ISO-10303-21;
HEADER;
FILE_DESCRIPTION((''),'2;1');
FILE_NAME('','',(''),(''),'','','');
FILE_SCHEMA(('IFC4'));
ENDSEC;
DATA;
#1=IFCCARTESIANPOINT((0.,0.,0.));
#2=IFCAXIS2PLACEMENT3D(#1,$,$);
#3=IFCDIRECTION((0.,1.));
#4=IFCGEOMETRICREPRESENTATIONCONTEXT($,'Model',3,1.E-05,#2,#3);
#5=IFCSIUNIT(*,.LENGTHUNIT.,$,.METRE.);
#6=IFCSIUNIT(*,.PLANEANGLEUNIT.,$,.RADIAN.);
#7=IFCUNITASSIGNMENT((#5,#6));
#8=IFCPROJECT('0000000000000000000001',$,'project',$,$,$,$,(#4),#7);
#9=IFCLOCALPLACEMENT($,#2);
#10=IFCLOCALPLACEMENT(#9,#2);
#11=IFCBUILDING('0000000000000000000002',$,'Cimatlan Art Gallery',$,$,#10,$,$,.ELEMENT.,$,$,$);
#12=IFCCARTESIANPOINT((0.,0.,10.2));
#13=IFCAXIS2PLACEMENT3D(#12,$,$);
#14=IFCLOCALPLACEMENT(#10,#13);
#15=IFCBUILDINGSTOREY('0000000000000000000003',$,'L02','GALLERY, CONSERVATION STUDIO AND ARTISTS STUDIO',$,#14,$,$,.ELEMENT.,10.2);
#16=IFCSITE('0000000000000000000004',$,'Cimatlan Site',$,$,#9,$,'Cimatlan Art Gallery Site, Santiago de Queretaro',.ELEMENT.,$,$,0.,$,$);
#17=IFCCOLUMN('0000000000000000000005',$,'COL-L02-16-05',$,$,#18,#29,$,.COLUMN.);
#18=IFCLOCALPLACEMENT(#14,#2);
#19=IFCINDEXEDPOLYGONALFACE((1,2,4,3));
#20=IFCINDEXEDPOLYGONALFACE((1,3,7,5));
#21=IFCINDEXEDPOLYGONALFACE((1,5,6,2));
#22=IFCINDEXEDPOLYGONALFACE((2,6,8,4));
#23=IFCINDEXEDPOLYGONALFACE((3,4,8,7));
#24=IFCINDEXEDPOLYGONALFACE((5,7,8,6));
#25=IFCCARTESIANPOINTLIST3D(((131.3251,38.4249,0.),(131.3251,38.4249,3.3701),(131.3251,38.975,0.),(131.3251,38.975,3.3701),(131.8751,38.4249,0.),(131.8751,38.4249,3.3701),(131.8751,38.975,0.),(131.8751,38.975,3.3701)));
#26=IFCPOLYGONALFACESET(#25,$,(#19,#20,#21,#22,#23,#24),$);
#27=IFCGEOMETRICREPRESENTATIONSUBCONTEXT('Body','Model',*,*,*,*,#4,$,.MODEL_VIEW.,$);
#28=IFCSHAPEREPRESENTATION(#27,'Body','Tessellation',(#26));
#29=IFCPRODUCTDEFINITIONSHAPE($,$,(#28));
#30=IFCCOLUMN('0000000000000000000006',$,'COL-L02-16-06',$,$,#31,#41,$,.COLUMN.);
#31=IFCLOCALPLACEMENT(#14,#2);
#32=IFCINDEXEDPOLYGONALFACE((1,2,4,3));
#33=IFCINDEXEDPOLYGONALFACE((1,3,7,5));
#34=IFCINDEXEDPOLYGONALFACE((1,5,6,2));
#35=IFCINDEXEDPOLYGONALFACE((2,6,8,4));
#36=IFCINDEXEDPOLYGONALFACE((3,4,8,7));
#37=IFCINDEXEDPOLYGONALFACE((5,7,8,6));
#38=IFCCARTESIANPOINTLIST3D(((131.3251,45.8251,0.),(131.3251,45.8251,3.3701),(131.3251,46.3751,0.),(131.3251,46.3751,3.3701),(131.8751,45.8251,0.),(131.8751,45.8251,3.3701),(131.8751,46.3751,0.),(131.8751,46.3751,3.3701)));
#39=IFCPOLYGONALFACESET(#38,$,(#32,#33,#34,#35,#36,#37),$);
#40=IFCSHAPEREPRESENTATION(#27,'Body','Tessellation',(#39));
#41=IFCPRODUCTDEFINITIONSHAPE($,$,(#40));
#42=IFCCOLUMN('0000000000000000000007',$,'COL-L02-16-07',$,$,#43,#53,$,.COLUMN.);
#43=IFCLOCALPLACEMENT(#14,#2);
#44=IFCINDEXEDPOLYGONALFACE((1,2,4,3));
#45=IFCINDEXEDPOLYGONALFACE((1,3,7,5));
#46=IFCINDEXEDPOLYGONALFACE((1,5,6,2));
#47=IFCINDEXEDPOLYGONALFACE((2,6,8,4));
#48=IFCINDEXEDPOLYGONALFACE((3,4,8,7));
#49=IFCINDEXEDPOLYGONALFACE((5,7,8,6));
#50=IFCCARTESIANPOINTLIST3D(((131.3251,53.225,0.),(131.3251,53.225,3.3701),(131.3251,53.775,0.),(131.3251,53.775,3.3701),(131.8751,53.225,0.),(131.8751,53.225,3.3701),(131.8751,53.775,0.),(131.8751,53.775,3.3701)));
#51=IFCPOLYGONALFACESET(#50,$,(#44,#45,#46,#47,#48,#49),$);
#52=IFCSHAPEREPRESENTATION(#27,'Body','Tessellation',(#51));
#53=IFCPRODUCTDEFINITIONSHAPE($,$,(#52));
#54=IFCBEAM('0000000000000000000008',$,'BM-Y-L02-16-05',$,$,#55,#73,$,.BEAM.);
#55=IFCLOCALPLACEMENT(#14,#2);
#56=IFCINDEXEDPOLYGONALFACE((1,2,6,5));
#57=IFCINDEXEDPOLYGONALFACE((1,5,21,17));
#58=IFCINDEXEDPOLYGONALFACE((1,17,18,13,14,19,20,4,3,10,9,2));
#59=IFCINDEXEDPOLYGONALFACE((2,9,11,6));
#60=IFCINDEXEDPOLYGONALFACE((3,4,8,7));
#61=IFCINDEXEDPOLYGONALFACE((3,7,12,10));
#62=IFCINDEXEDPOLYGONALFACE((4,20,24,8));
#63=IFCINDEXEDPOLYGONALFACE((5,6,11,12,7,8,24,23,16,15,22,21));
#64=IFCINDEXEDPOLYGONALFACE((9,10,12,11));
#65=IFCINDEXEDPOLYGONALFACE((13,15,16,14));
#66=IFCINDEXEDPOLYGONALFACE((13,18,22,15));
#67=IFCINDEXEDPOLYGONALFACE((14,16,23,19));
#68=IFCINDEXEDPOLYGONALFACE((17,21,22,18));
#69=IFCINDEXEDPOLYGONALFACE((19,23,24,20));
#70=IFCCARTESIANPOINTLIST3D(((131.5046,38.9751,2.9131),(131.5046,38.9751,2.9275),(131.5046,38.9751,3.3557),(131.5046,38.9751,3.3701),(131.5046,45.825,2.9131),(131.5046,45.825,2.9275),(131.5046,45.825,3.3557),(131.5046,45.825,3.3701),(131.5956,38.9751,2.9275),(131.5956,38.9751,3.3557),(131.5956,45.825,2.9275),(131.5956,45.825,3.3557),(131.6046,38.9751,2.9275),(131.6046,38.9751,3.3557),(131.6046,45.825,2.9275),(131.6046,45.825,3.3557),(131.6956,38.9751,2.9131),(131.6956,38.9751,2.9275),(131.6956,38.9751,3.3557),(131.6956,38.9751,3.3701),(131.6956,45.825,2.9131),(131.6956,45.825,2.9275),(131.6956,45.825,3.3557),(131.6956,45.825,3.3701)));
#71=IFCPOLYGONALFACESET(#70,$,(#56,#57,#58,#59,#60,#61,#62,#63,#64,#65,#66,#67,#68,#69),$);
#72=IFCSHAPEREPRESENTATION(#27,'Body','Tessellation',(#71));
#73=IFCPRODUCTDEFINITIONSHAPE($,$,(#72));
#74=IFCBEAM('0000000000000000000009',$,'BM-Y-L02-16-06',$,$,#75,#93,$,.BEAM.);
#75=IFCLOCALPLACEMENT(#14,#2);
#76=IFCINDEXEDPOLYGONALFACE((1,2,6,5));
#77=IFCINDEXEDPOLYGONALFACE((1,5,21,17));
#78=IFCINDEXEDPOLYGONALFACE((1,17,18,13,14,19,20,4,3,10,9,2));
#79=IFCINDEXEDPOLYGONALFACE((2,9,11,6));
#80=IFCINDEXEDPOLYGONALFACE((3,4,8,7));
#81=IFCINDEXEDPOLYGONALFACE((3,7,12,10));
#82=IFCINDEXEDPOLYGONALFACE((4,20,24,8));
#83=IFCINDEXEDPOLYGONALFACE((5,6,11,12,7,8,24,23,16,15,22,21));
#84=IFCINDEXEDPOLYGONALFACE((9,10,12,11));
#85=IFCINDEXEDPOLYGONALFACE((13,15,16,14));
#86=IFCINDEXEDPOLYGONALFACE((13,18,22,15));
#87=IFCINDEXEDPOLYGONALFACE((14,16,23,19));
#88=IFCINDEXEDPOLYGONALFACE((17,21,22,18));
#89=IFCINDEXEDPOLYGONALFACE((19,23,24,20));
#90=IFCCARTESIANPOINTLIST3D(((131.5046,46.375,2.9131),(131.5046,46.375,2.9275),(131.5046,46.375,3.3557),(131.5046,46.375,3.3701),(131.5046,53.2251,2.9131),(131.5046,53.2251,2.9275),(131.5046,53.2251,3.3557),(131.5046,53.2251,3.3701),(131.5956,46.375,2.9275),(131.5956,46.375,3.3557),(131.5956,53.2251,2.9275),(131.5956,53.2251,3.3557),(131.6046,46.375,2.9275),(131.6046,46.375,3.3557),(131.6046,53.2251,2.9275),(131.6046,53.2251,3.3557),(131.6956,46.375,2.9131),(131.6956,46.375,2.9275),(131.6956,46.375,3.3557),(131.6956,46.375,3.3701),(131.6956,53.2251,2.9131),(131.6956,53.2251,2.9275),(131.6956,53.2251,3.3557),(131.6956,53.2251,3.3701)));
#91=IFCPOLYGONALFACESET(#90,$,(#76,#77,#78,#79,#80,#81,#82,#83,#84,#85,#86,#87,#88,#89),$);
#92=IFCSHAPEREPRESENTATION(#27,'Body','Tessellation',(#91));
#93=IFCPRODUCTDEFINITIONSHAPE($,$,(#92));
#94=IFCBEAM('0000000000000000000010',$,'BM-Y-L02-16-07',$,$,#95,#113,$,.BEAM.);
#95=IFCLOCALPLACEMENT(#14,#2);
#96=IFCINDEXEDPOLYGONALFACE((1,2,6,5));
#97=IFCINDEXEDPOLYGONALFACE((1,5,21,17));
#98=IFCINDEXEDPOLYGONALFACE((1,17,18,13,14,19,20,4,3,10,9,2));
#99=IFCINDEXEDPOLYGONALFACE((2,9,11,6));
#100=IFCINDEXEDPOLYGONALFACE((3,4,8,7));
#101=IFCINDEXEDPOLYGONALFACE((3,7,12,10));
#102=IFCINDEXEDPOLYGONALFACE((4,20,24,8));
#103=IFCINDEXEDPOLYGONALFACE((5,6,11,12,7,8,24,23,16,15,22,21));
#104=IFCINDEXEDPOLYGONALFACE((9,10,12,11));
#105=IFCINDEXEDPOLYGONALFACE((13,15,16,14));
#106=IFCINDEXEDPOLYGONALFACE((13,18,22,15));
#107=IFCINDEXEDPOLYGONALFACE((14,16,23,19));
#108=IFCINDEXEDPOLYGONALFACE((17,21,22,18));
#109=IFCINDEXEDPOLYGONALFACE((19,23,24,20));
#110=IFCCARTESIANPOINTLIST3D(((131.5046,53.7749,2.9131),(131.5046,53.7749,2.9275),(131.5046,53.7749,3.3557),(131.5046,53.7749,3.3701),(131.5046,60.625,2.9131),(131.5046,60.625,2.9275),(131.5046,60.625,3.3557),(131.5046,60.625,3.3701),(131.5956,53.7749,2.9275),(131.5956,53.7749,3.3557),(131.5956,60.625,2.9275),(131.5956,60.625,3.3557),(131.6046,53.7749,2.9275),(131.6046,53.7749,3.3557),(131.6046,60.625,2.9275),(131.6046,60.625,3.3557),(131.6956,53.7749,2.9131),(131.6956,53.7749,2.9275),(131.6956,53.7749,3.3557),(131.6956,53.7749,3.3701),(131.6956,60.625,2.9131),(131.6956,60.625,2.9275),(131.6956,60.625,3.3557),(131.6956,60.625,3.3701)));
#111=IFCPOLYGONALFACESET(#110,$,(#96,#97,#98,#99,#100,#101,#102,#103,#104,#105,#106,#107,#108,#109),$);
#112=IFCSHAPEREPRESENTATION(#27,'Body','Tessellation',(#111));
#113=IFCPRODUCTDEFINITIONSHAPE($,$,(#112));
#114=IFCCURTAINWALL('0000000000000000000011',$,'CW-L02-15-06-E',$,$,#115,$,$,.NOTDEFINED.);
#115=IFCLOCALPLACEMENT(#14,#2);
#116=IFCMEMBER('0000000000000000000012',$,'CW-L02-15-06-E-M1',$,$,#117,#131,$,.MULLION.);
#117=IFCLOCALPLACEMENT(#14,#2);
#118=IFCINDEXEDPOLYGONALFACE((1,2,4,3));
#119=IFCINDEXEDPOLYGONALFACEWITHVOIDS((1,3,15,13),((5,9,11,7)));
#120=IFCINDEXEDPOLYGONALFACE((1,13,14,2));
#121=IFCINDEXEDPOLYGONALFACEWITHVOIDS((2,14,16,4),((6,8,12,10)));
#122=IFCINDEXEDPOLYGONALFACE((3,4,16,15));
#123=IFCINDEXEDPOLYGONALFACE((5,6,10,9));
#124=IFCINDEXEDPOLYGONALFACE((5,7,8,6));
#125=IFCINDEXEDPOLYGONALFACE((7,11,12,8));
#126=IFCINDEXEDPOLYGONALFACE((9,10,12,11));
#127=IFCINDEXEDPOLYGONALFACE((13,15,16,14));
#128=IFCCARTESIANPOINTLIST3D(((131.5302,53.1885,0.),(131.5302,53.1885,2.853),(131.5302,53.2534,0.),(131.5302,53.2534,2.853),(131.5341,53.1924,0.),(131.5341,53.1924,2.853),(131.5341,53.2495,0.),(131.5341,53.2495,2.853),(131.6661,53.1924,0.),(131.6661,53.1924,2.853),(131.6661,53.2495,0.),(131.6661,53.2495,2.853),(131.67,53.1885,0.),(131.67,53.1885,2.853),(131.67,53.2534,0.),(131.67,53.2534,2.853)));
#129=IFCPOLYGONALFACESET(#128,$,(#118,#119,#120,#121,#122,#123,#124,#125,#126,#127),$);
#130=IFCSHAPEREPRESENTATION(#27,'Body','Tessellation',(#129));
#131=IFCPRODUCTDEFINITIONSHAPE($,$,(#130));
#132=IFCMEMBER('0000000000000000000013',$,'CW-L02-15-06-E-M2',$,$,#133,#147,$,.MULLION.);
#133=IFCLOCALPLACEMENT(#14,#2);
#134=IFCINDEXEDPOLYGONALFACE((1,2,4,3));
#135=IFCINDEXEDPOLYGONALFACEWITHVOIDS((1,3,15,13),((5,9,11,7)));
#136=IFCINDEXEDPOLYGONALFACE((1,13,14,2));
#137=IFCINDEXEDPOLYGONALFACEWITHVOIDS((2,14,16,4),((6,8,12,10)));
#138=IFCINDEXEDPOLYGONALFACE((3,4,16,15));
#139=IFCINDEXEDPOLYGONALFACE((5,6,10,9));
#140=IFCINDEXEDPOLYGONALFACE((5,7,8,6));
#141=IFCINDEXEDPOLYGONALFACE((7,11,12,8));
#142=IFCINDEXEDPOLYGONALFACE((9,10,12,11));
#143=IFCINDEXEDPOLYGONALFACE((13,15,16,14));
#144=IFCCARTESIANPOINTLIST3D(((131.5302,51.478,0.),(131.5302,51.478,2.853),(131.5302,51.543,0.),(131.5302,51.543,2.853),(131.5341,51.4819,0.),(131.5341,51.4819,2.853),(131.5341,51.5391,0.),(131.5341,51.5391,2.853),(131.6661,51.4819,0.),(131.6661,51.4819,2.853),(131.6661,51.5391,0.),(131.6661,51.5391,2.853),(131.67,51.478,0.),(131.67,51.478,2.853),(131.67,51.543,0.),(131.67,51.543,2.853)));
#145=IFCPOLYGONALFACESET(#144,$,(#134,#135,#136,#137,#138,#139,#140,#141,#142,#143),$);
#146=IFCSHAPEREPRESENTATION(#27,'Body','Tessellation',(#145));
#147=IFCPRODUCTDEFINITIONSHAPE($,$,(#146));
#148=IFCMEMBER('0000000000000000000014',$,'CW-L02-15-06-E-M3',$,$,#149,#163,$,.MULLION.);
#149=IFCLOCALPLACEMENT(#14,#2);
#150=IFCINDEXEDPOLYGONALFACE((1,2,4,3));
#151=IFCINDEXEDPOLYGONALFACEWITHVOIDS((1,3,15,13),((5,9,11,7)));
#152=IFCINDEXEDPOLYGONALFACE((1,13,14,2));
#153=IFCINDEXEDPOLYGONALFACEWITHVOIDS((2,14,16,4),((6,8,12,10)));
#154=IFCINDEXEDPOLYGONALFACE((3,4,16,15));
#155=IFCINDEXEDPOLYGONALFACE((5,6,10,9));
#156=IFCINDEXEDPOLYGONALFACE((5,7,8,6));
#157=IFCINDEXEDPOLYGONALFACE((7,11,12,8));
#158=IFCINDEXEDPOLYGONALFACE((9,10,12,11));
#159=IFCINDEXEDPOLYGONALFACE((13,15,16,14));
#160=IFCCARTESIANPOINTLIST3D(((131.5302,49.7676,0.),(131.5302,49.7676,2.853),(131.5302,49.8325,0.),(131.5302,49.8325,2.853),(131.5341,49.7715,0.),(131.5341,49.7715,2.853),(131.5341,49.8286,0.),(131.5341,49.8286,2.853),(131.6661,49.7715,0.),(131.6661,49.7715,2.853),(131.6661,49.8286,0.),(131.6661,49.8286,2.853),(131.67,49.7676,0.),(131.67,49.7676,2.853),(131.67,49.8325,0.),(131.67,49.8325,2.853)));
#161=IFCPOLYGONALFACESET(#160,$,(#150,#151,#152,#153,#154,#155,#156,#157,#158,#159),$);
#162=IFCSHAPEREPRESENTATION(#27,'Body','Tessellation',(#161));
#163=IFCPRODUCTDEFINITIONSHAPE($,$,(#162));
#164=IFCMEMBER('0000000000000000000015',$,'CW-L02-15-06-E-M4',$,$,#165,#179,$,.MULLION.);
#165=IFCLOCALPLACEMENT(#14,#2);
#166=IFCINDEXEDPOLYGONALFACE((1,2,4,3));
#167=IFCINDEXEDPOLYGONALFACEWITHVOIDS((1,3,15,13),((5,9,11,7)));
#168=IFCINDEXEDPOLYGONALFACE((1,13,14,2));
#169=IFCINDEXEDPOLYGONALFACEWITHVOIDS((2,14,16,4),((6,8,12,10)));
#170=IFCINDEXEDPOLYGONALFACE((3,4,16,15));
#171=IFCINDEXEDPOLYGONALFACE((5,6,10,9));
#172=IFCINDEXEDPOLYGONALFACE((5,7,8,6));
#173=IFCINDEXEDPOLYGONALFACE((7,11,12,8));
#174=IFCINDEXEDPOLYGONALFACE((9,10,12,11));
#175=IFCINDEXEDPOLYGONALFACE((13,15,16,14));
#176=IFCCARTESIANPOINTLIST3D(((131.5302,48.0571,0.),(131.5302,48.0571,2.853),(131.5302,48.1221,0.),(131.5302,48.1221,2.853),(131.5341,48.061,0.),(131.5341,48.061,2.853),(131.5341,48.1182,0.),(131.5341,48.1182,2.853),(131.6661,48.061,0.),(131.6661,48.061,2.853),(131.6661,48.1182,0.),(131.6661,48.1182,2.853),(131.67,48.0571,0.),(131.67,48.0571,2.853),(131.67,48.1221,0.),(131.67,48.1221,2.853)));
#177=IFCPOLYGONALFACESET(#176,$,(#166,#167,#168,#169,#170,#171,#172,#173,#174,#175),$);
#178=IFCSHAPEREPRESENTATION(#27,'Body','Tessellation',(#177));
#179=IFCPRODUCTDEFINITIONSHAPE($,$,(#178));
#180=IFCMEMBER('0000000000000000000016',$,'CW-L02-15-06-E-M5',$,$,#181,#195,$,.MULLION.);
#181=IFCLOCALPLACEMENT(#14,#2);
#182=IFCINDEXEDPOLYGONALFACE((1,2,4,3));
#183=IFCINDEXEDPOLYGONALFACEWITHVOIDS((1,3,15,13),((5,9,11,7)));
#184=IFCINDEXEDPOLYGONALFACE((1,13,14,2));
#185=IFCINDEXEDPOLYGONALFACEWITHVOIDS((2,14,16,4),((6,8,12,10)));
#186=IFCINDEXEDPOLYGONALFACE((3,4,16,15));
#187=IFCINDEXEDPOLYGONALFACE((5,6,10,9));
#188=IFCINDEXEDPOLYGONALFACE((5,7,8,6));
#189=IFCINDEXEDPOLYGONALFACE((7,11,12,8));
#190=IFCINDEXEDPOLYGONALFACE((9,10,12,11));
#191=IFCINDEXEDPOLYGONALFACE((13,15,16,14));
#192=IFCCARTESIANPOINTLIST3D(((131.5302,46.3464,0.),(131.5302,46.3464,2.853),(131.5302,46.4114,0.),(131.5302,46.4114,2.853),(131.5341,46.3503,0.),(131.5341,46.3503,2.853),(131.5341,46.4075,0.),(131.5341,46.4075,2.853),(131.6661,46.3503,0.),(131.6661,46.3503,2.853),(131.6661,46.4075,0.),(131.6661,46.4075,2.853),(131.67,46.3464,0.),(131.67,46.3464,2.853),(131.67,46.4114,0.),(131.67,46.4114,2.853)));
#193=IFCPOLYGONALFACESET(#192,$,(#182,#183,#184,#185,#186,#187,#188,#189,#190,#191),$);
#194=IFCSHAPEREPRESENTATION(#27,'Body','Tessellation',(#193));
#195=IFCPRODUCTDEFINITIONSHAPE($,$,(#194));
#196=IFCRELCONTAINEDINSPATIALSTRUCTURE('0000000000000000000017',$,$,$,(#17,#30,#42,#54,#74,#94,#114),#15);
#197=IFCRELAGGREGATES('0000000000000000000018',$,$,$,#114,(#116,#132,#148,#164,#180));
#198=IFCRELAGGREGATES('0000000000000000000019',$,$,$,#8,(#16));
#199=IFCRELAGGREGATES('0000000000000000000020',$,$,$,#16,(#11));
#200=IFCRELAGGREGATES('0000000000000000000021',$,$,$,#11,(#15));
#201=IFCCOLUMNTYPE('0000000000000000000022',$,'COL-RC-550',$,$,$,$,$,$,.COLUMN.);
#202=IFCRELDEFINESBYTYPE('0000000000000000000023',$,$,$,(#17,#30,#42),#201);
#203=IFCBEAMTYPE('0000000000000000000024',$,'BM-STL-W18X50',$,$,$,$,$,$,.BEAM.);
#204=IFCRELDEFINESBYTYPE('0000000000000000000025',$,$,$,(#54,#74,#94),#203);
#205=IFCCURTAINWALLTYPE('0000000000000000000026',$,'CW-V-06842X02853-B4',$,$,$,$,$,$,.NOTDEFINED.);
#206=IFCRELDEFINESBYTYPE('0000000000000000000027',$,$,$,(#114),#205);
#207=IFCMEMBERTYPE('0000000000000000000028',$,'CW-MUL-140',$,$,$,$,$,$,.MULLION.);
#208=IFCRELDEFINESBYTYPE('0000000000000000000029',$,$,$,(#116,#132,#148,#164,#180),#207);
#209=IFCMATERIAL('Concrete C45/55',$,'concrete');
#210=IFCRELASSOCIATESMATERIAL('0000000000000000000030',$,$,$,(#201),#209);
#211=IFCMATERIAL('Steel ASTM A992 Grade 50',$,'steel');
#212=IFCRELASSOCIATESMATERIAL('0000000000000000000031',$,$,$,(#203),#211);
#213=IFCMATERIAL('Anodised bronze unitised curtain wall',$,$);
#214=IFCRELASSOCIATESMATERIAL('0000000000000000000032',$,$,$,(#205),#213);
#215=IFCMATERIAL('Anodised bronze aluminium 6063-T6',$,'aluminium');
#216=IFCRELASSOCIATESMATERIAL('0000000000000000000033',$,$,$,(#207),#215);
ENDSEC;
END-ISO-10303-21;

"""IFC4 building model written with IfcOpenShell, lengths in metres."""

from ifc_helpers import new_model, si_unit, direction, frame, origin, origin_2d, place, context, subcontext, project, spatial, rectangle, hollow_rectangle, i_section, extrude, material, material_profile, profile_set, type_object, element, aggregate, save


model = new_model("IFC4")

# Units and contexts
model_context = context("Model", 3, precision=1e-05, world=origin(), true_north=direction((0.0, 1.0)))
body_context = subcontext(model_context, "Body", "Model", "MODEL_VIEW")
ifc_project = project(units=[si_unit("LENGTHUNIT", "METRE"), si_unit("PLANEANGLEUNIT", "RADIAN")], contexts=[model_context])

# Site, building, storey
site_placement = place(None, origin())
site = spatial("IfcSite", under=ifc_project, at=site_placement, Name="Cimatlan Site", LongName="Cimatlan Art Gallery Site, Santiago de Queretaro", CompositionType="ELEMENT", RefElevation=0.0)
building_placement = place(site_placement, origin())
building = spatial("IfcBuilding", under=site, at=building_placement, Name="Cimatlan Art Gallery", CompositionType="ELEMENT")
storey_placement = place(building_placement, frame((0.0, 0.0, 10.2)))
storey = spatial("IfcBuildingStorey", under=building, at=storey_placement, Name="L02", Description="GALLERY, CONSERVATION STUDIO AND ARTISTS STUDIO", CompositionType="ELEMENT", Elevation=10.2)

# Columns
ifc_material_1 = material(Name="Concrete C45/55", Category="concrete")
ifc_material_profile_1 = material_profile(ifc_material_1, rectangle(XDim=0.55, YDim=0.55, at=origin_2d()), Name="RC550X550")
ifc_profile_set_1 = profile_set([ifc_material_profile_1], Name="Concrete C45/55")
column_type = type_object("IfcColumnType", Name="COL-RC-550", PredefinedType="COLUMN", material=ifc_profile_set_1)
for number, where, z_axis, x_axis, name in (
    (1, (131.6001, 38.7, 0.0), (0.0, 0.0, 1.0), (1.0, 0.0, 0.0), "COL-L02-16-05"),
    (2, (131.6001, 46.1001, 0.0), (0.0, 0.0, 1.0), (1.0, 0.0, 0.0), "COL-L02-16-06"),
    (3, (131.6001, 53.5, 0.0), (0.0, 0.0, 1.0), (1.0, 0.0, 0.0), "COL-L02-16-07"),
):
    element("IfcColumn", number, at=place(storey_placement, frame(where, z_axis=z_axis, x_axis=x_axis)), inside=storey, type_object=column_type, Name=name, PredefinedType="COLUMN", context=body_context, shape_type="SweptSolid", body=[
        extrude(rectangle(XDim=0.55, YDim=0.55, at=origin_2d()), origin(), (0.0, 0.0, 1.0), 3.3701),
    ])

# Beams
ifc_material_2 = material(Name="Steel ASTM A992 Grade 50", Category="steel")
ifc_material_profile_2 = material_profile(ifc_material_2, i_section(OverallWidth=0.1909, OverallDepth=0.457, WebThickness=0.009, FlangeThickness=0.0144, at=origin_2d()), Name="W18X50")
ifc_profile_set_2 = profile_set([ifc_material_profile_2], Name="Steel ASTM A992 Grade 50")
beam_type = type_object("IfcBeamType", Name="BM-STL-W18X50", PredefinedType="BEAM", material=ifc_profile_set_2)
beam_placement = place(storey_placement, frame((131.6001, 38.9751, 3.1416), z_axis=(0.0, 1.0, 0.0), x_axis=(-1.0, 0.0, 0.0)))
element("IfcBeam", 4, at=beam_placement, inside=storey, type_object=beam_type, Name="BM-Y-L02-16-05", PredefinedType="BEAM", context=body_context, shape_type="SweptSolid", body=[
    extrude(i_section(OverallWidth=0.1909, OverallDepth=0.457, WebThickness=0.009, FlangeThickness=0.0144, at=origin_2d()), origin(), (0.0, 0.0, 1.0), 6.8499),
])
for number, where, z_axis, x_axis, name in (
    (5, (131.6001, 46.375, 3.1416), (0.0, 1.0, 0.0), (-1.0, 0.0, 0.0), "BM-Y-L02-16-06"),
    (6, (131.6001, 53.7749, 3.1416), (0.0, 1.0, 0.0), (-1.0, 0.0, 0.0), "BM-Y-L02-16-07"),
):
    element("IfcBeam", number, at=place(storey_placement, frame(where, z_axis=z_axis, x_axis=x_axis)), inside=storey, type_object=beam_type, Name=name, PredefinedType="BEAM", context=body_context, shape_type="SweptSolid", body=[
        extrude(i_section(OverallWidth=0.1909, OverallDepth=0.457, WebThickness=0.009, FlangeThickness=0.0144, at=origin_2d()), origin(), (0.0, 0.0, 1.0), 6.8501),
    ])

# Curtain wall, members
ifc_material_3 = material(Name="Anodised bronze unitised curtain wall")
curtain_wall_type = type_object("IfcCurtainWallType", Name="CW-V-06842X02853-B4", PredefinedType="NOTDEFINED", material=ifc_material_3)
curtain_wall_placement = place(storey_placement, origin())
curtain_wall = element("IfcCurtainWall", 7, at=curtain_wall_placement, inside=storey, type_object=curtain_wall_type, Name="CW-L02-15-06-E", PredefinedType="NOTDEFINED")
ifc_material_4 = material(Name="Anodised bronze aluminium 6063-T6", Category="aluminium")
ifc_material_profile_3 = material_profile(ifc_material_4, hollow_rectangle(XDim=0.0649, YDim=0.1399, WallThickness=0.0039, at=origin_2d()), Name="ALU65X140X4")
ifc_profile_set_3 = profile_set([ifc_material_profile_3], Name="Anodised bronze aluminium 6063-T6")
member_type_1 = type_object("IfcMemberType", Name="CW-MUL-140", PredefinedType="MULLION", material=ifc_profile_set_3)
member_1_placement = place(storey_placement, frame((131.6001, 53.2209, 0.0), z_axis=(0.0, 0.0, 1.0), x_axis=(0.0, 1.0, 0.0)))
member_1 = element("IfcMember", 8, at=member_1_placement, type_object=member_type_1, Name="CW-L02-15-06-E-M1", PredefinedType="MULLION", context=body_context, shape_type="SweptSolid", body=[
    extrude(hollow_rectangle(XDim=0.0649, YDim=0.1399, WallThickness=0.0039, at=origin_2d()), origin(), (0.0, 0.0, 1.0), 2.853),
])
member_2_placement = place(storey_placement, frame((131.6001, 51.5105, 0.0), z_axis=(0.0, 0.0, 1.0), x_axis=(0.0, 1.0, 0.0)))
member_2 = element("IfcMember", 9, at=member_2_placement, type_object=member_type_1, Name="CW-L02-15-06-E-M2", PredefinedType="MULLION", context=body_context, shape_type="SweptSolid", body=[
    extrude(hollow_rectangle(XDim=0.0649, YDim=0.1399, WallThickness=0.0039, at=origin_2d()), origin(), (0.0, 0.0, 1.0), 2.853),
])
member_3_placement = place(storey_placement, frame((131.6001, 49.8, 0.0), z_axis=(0.0, 0.0, 1.0), x_axis=(0.0, 1.0, 0.0)))
member_3 = element("IfcMember", 10, at=member_3_placement, type_object=member_type_1, Name="CW-L02-15-06-E-M3", PredefinedType="MULLION", context=body_context, shape_type="SweptSolid", body=[
    extrude(hollow_rectangle(XDim=0.0649, YDim=0.1399, WallThickness=0.0039, at=origin_2d()), origin(), (0.0, 0.0, 1.0), 2.853),
])
member_4_placement = place(storey_placement, frame((131.6001, 48.0896, 0.0), z_axis=(0.0, 0.0, 1.0), x_axis=(0.0, 1.0, 0.0)))
member_4 = element("IfcMember", 11, at=member_4_placement, type_object=member_type_1, Name="CW-L02-15-06-E-M4", PredefinedType="MULLION", context=body_context, shape_type="SweptSolid", body=[
    extrude(hollow_rectangle(XDim=0.0649, YDim=0.1399, WallThickness=0.0039, at=origin_2d()), origin(), (0.0, 0.0, 1.0), 2.853),
])
member_5_placement = place(storey_placement, frame((131.6001, 46.3789, 0.0), z_axis=(0.0, 0.0, 1.0), x_axis=(0.0, 1.0, 0.0)))
member_5 = element("IfcMember", 12, at=member_5_placement, type_object=member_type_1, Name="CW-L02-15-06-E-M5", PredefinedType="MULLION", context=body_context, shape_type="SweptSolid", body=[
    extrude(hollow_rectangle(XDim=0.0649, YDim=0.1399, WallThickness=0.0039, at=origin_2d()), origin(), (0.0, 0.0, 1.0), 2.853),
])
aggregate(curtain_wall, [member_1, member_2, member_3, member_4, member_5])

save(model, "model.ifc")
